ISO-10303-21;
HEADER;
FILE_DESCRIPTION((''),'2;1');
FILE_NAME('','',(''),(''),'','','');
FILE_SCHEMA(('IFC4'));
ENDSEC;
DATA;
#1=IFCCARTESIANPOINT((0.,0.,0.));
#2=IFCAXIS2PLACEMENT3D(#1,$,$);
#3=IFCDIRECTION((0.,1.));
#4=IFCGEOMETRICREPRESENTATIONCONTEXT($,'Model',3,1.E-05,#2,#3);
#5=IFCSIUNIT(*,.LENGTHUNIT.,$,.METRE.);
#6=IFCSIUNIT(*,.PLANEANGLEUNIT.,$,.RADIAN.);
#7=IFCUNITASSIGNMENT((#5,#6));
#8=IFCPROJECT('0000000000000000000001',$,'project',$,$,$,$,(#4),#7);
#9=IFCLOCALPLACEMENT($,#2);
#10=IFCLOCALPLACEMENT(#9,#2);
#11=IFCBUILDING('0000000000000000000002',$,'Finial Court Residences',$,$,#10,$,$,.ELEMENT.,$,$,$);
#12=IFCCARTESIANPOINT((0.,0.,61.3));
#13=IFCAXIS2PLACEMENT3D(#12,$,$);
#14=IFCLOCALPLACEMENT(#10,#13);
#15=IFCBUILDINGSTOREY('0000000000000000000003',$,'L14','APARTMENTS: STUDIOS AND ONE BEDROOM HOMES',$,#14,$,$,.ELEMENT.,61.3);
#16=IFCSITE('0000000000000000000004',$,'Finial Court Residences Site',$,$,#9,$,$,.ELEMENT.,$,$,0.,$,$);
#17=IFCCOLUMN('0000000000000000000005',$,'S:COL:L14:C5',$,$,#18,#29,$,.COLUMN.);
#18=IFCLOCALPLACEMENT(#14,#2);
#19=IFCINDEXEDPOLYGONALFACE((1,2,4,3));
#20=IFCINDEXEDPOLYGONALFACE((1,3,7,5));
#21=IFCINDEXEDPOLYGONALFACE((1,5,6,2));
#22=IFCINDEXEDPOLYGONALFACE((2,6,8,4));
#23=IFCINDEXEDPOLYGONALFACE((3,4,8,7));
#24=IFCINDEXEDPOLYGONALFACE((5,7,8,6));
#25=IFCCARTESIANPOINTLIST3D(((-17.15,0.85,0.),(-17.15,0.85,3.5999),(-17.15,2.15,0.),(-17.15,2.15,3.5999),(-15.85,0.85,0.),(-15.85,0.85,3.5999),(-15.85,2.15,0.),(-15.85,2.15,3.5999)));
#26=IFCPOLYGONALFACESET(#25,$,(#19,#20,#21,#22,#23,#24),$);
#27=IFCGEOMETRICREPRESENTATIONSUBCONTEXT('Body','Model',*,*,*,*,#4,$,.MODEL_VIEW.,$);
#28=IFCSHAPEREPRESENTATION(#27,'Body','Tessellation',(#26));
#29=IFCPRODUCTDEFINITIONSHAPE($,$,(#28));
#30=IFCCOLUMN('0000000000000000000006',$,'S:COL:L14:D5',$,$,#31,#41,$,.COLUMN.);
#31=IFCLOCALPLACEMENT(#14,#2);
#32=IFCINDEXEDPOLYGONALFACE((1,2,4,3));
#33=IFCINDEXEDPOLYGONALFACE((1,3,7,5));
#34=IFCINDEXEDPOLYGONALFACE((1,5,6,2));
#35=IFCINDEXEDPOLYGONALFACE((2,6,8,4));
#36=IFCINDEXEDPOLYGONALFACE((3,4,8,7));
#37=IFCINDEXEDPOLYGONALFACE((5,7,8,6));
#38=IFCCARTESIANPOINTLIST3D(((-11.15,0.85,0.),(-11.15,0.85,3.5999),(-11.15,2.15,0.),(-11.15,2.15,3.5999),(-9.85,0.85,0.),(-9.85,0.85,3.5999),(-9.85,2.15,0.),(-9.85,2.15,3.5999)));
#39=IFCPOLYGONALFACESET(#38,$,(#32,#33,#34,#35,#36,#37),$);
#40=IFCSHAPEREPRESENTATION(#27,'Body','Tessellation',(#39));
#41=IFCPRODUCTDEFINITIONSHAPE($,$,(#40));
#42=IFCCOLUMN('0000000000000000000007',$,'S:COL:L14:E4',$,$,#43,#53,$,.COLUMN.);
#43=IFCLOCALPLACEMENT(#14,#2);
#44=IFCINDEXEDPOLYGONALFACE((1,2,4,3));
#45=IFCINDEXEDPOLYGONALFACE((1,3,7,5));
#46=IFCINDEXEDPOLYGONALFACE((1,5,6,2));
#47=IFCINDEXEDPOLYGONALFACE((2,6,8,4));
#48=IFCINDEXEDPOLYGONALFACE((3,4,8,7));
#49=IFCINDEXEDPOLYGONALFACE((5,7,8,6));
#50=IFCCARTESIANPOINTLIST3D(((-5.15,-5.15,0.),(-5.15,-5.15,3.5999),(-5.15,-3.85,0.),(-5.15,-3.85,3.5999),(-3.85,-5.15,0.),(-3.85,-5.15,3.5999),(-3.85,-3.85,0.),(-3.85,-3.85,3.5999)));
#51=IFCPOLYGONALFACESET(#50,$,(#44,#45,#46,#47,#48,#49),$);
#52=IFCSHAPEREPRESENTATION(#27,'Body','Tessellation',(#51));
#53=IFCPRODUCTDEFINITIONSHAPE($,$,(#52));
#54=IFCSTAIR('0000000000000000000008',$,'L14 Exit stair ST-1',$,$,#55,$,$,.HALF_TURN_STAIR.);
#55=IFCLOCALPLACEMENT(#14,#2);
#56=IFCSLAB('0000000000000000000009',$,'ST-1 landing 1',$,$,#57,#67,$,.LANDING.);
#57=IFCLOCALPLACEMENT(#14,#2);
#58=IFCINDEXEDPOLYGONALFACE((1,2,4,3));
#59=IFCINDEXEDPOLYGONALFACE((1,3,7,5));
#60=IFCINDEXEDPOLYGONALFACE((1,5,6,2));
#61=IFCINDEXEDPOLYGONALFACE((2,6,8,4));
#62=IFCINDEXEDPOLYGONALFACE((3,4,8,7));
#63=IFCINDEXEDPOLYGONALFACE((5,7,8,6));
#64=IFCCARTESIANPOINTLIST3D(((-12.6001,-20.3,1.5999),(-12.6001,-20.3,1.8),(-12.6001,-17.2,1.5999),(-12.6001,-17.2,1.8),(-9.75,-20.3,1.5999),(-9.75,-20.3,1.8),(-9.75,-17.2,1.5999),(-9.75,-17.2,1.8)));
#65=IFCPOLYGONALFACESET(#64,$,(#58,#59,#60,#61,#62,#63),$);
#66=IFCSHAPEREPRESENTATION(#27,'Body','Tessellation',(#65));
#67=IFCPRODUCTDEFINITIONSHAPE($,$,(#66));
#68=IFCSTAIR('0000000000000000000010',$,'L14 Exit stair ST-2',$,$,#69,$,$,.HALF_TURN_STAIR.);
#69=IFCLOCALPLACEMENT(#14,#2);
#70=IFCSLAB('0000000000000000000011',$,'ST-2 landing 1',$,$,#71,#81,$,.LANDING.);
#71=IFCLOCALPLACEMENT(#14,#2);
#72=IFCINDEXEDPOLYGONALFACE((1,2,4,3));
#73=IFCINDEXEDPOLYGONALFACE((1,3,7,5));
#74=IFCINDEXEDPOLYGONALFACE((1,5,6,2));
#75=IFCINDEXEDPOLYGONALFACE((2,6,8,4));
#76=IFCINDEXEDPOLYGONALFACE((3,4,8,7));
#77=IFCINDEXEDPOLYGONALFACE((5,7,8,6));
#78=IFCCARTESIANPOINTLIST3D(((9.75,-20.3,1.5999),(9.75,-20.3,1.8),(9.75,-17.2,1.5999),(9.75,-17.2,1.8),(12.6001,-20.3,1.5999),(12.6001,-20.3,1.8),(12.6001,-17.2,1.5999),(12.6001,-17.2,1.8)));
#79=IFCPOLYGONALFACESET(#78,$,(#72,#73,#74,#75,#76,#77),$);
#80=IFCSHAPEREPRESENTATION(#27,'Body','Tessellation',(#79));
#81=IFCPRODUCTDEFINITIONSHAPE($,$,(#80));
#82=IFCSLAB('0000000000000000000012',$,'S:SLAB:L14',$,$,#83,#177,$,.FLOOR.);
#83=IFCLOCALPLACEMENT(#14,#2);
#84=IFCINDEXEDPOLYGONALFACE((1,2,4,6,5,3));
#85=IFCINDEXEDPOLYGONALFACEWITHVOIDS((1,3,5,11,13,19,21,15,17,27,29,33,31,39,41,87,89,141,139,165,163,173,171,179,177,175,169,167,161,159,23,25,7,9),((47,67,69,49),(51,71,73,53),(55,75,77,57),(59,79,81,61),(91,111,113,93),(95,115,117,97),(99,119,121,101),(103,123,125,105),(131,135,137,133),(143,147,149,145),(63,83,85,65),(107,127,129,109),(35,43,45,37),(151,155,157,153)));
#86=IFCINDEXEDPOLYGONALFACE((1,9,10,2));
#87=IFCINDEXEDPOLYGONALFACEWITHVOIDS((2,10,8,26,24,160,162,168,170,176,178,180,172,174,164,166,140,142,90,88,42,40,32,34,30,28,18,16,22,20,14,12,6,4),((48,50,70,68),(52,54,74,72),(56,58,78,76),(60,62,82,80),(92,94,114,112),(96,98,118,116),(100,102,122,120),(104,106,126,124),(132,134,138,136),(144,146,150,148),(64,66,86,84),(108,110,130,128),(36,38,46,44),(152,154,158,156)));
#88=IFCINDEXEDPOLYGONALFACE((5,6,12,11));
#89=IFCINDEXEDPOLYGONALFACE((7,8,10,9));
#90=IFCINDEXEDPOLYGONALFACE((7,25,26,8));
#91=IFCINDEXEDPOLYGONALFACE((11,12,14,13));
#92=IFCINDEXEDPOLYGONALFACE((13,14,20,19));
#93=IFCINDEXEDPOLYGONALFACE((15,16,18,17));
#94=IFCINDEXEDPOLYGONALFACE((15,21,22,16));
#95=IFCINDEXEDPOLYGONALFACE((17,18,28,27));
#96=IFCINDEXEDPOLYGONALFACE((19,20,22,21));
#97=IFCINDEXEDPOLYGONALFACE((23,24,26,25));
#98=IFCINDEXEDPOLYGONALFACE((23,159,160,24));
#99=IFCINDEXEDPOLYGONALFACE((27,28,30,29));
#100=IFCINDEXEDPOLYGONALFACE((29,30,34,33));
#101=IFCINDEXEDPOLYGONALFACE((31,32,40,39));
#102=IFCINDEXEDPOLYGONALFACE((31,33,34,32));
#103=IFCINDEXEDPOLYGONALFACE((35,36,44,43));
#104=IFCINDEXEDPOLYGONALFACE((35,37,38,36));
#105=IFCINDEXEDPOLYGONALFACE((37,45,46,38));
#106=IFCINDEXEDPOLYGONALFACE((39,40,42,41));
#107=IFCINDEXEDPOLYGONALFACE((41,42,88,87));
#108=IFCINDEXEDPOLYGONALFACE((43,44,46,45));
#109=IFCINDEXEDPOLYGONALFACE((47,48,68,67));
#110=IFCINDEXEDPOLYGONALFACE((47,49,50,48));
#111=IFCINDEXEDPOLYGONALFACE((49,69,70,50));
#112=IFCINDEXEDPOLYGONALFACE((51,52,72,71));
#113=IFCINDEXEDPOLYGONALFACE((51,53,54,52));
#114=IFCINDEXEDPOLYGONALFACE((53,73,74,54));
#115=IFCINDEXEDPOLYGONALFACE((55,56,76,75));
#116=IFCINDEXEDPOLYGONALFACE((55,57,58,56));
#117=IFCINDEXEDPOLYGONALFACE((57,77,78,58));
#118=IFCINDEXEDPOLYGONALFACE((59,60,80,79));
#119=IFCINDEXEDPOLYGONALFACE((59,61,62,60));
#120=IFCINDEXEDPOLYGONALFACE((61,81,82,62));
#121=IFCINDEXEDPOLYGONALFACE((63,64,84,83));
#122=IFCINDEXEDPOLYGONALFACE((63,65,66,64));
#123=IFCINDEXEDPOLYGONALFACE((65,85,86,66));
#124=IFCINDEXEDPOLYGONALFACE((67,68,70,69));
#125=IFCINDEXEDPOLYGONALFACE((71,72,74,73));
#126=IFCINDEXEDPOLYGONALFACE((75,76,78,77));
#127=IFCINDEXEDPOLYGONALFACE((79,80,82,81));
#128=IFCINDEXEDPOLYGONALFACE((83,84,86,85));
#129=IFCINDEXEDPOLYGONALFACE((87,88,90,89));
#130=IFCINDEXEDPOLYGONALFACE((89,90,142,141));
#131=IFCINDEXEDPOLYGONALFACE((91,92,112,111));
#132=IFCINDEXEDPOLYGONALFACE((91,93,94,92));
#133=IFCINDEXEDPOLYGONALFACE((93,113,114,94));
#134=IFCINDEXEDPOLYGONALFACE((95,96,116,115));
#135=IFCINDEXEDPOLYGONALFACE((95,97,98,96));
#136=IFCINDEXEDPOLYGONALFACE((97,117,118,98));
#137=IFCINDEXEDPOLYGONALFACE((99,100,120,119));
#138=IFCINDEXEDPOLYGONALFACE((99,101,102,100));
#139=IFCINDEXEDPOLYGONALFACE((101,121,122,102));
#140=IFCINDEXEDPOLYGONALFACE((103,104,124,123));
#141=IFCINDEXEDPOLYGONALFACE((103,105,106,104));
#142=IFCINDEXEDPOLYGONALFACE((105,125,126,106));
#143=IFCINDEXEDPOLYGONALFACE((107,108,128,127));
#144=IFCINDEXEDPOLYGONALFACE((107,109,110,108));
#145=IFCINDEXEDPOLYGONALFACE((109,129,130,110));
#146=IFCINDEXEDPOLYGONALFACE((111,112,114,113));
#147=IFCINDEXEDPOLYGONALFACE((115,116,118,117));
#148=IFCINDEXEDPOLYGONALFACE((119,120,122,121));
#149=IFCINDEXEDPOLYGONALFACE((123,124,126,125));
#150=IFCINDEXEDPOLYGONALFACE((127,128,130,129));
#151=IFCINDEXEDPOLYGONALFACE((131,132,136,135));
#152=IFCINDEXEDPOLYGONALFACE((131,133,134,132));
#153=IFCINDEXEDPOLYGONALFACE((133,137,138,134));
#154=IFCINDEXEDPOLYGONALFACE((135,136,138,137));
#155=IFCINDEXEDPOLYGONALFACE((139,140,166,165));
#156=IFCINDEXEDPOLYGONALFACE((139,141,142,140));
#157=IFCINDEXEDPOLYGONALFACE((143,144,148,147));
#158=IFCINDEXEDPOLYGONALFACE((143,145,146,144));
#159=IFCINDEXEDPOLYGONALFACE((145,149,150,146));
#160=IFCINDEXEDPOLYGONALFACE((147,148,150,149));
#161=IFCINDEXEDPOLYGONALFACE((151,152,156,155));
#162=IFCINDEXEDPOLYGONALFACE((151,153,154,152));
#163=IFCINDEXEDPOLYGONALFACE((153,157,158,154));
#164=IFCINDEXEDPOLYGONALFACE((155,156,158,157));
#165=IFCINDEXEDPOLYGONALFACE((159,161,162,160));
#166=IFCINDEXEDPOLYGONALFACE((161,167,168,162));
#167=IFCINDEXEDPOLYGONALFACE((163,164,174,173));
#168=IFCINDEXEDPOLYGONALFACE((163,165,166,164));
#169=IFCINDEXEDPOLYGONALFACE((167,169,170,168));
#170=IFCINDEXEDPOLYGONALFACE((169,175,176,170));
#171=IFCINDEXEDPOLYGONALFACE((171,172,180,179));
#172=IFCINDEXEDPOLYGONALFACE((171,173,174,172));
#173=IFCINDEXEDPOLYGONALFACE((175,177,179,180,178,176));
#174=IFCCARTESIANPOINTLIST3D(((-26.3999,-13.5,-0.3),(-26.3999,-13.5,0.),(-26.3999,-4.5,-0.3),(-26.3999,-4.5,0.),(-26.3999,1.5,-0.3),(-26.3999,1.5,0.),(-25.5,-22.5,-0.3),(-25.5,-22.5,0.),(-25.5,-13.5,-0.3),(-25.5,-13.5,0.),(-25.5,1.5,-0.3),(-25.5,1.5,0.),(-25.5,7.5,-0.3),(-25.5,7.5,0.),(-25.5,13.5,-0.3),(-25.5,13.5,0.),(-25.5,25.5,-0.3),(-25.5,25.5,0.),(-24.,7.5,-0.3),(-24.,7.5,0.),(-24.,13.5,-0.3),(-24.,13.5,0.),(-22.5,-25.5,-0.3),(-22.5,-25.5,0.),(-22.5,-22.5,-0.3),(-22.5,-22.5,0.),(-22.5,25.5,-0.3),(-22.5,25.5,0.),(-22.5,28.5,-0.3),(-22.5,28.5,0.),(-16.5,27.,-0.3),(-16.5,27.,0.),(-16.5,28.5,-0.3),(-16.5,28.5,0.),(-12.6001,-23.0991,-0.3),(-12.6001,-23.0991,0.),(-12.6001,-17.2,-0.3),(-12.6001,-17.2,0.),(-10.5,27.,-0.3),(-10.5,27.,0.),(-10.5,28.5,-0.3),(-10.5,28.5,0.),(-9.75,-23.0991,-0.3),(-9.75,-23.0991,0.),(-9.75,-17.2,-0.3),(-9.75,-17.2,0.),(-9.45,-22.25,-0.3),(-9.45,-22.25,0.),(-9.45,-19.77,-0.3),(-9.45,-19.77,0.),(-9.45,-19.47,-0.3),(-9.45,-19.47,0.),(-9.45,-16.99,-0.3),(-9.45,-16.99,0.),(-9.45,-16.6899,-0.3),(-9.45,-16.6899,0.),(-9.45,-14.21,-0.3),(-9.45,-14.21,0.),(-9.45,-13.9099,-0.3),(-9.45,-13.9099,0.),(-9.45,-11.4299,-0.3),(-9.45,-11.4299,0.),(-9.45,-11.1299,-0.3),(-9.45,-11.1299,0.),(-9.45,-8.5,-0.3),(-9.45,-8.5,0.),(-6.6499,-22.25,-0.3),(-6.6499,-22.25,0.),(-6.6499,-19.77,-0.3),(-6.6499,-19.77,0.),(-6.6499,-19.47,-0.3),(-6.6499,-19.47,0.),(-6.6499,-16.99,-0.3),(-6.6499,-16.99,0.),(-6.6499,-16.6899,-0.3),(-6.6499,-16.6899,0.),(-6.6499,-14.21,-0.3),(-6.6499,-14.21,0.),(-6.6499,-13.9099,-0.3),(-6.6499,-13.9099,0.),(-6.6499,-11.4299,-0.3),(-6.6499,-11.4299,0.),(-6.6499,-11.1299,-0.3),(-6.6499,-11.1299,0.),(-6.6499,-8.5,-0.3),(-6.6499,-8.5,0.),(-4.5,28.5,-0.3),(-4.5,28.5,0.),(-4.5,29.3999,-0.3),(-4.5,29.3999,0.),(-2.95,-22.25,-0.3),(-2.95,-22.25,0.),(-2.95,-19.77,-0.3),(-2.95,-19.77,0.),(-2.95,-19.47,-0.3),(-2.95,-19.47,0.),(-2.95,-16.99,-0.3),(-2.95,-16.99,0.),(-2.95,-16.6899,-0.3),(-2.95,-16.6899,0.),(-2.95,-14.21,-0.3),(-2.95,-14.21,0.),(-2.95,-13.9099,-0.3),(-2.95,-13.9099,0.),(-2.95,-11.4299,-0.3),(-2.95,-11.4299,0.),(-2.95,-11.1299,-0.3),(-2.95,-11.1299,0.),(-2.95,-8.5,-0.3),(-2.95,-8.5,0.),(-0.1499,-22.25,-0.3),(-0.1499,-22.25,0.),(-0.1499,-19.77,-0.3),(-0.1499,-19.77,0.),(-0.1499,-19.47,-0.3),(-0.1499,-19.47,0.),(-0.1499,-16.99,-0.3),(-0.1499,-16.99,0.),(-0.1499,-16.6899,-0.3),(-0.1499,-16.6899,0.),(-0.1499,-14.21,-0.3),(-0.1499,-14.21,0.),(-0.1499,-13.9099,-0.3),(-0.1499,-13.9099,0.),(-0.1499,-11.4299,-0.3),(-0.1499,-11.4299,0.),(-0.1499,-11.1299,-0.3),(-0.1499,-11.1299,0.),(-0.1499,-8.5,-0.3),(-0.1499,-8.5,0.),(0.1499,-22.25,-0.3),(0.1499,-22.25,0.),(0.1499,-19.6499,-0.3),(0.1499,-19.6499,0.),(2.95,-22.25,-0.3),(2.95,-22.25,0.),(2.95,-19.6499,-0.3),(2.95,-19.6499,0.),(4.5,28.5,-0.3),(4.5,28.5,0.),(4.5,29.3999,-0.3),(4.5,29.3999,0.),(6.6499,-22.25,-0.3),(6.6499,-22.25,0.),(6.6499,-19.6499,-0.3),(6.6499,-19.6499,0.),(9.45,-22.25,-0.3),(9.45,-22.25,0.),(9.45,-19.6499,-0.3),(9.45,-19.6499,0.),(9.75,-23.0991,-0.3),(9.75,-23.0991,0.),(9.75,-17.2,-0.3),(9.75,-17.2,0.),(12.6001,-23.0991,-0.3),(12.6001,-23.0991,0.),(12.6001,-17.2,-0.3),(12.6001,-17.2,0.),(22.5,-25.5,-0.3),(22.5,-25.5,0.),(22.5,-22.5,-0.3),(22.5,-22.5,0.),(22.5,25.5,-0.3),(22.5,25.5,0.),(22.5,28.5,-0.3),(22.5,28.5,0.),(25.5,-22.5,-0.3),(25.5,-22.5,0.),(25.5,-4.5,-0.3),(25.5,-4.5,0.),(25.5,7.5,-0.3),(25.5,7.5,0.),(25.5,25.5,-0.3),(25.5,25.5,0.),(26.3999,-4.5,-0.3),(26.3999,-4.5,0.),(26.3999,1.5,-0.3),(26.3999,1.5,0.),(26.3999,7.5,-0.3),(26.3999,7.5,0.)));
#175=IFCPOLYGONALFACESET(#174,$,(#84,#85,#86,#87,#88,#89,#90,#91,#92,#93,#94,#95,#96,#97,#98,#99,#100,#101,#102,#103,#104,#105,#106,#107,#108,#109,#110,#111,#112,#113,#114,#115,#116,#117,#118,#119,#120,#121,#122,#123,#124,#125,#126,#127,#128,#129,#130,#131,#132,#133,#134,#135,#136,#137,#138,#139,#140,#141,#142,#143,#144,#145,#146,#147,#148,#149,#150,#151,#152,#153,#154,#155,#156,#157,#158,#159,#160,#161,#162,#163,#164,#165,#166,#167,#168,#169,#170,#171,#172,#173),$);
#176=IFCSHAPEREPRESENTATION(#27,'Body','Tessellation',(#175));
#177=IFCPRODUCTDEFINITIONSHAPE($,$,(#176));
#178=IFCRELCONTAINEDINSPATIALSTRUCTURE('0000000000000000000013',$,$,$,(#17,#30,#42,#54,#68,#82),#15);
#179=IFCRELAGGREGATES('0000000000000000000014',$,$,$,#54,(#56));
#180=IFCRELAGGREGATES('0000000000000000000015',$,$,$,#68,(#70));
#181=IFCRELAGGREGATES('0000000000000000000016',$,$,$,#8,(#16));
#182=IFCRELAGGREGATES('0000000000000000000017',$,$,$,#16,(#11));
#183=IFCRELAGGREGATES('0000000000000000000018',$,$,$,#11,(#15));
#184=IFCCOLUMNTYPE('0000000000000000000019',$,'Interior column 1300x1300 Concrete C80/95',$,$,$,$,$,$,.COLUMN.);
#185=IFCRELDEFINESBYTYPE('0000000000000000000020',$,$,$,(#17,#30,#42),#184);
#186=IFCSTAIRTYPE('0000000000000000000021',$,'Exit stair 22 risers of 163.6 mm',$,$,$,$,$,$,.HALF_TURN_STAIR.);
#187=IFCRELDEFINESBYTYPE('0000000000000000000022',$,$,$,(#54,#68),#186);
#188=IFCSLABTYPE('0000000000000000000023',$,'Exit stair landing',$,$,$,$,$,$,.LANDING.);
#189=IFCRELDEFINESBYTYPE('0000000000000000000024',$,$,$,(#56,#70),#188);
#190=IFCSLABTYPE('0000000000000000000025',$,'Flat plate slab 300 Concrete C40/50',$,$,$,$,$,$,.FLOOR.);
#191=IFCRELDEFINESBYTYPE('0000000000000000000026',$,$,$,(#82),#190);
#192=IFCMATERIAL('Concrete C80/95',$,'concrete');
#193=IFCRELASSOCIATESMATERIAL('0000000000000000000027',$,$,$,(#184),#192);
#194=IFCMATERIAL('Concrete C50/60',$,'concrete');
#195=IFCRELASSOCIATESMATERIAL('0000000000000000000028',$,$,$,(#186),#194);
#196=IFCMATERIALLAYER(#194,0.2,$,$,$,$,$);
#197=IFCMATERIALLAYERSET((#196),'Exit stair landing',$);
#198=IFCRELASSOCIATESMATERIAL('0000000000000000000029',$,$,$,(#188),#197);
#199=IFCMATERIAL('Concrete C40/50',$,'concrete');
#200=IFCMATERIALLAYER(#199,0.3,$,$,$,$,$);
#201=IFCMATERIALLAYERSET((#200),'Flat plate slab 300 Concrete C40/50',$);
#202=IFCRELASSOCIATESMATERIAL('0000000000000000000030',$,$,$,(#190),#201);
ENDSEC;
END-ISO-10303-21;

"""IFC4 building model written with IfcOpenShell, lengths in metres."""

from ifc_helpers import new_model, si_unit, direction, frame, origin, origin_2d, place, context, subcontext, project, spatial, polyline, rectangle, outline, extrude, material, layer, layer_set, material_profile, profile_set, type_object, element, aggregate, save


model = new_model("IFC4")

# Units and contexts
model_context = context("Model", 3, precision=1e-05, world=origin(), true_north=direction((0.0, 1.0)))
body_context = subcontext(model_context, "Body", "Model", "MODEL_VIEW")
ifc_project = project(units=[si_unit("LENGTHUNIT", "METRE"), si_unit("PLANEANGLEUNIT", "RADIAN")], contexts=[model_context])

# Site, building, storey
site_placement = place(None, origin())
site = spatial("IfcSite", under=ifc_project, at=site_placement, Name="Finial Court Residences Site", CompositionType="ELEMENT", RefElevation=0.0)
building_placement = place(site_placement, origin())
building = spatial("IfcBuilding", under=site, at=building_placement, Name="Finial Court Residences", CompositionType="ELEMENT")
storey_placement = place(building_placement, frame((0.0, 0.0, 61.3)))
storey = spatial("IfcBuildingStorey", under=building, at=storey_placement, Name="L14", Description="APARTMENTS: STUDIOS AND ONE BEDROOM HOMES", CompositionType="ELEMENT", Elevation=61.3)

# Columns
ifc_material_1 = material(Name="Concrete C80/95", Category="concrete")
ifc_material_profile = material_profile(ifc_material_1, rectangle(XDim=1.3, YDim=1.3, at=origin_2d()), Name="1300x1300")
ifc_profile_set = profile_set([ifc_material_profile], Name="Concrete C80/95")
column_type = type_object("IfcColumnType", Name="Interior column 1300x1300 Concrete C80/95", PredefinedType="COLUMN", material=ifc_profile_set)
for number, where, z_axis, x_axis, name in (
    (1, (-16.5, 1.5, 0.0), (0.0, 0.0, 1.0), (1.0, 0.0, 0.0), "S:COL:L14:C5"),
    (2, (-10.5, 1.5, 0.0), (0.0, 0.0, 1.0), (1.0, 0.0, 0.0), "S:COL:L14:D5"),
    (3, (-4.5, -4.5, 0.0), (0.0, 0.0, 1.0), (1.0, 0.0, 0.0), "S:COL:L14:E4"),
):
    element("IfcColumn", number, at=place(storey_placement, frame(where, z_axis=z_axis, x_axis=x_axis)), inside=storey, type_object=column_type, Name=name, PredefinedType="COLUMN", context=body_context, shape_type="SweptSolid", body=[
        extrude(rectangle(XDim=1.3, YDim=1.3, at=origin_2d()), origin(), (0.0, 0.0, 1.0), 3.5999),
    ])

# Stairs, slabs
ifc_material_2 = material(Name="Concrete C50/60", Category="concrete")
stair_type = type_object("IfcStairType", Name="Exit stair 22 risers of 163.6 mm", PredefinedType="HALF_TURN_STAIR", material=ifc_material_2)
stair_1_placement = place(storey_placement, origin())
stair_1 = element("IfcStair", 4, at=stair_1_placement, inside=storey, type_object=stair_type, Name="L14 Exit stair ST-1", PredefinedType="HALF_TURN_STAIR")
ifc_layer_1 = layer(ifc_material_2, 0.2)
ifc_layer_set_1 = layer_set([ifc_layer_1], Name="Exit stair landing")
slab_type_1 = type_object("IfcSlabType", Name="Exit stair landing", PredefinedType="LANDING", material=ifc_layer_set_1)
slab_1_placement = place(storey_placement, frame((0.0, 0.0, 1.5999)))
slab_1 = element("IfcSlab", 5, at=slab_1_placement, type_object=slab_type_1, Name="ST-1 landing 1", PredefinedType="LANDING", context=body_context, shape_type="SweptSolid", body=[
    extrude(outline(polyline([(-9.75, -20.3), (-9.75, -17.2), (-12.6001, -17.2), (-12.6001, -20.3), (-9.75, -20.3)])), origin(), (0.0, 0.0, 1.0), 0.2002),
])
aggregate(stair_1, [slab_1])
stair_2_placement = place(storey_placement, origin())
stair_2 = element("IfcStair", 6, at=stair_2_placement, inside=storey, type_object=stair_type, Name="L14 Exit stair ST-2", PredefinedType="HALF_TURN_STAIR")
slab_2_placement = place(storey_placement, frame((0.0, 0.0, 1.5999)))
slab_2 = element("IfcSlab", 7, at=slab_2_placement, type_object=slab_type_1, Name="ST-2 landing 1", PredefinedType="LANDING", context=body_context, shape_type="SweptSolid", body=[
    extrude(outline(polyline([(12.6001, -20.3), (12.6001, -17.2), (9.75, -17.2), (9.75, -20.3), (12.6001, -20.3)])), origin(), (0.0, 0.0, 1.0), 0.2002),
])
aggregate(stair_2, [slab_2])

# Slab
ifc_material_3 = material(Name="Concrete C40/50", Category="concrete")
ifc_layer_2 = layer(ifc_material_3, 0.3)
ifc_layer_set_2 = layer_set([ifc_layer_2], Name="Flat plate slab 300 Concrete C40/50")
slab_type_2 = type_object("IfcSlabType", Name="Flat plate slab 300 Concrete C40/50", PredefinedType="FLOOR", material=ifc_layer_set_2)
slab_3_placement = place(storey_placement, frame((0.0, 0.0, -0.3)))
element("IfcSlab", 8, at=slab_3_placement, inside=storey, type_object=slab_type_2, Name="S:SLAB:L14", PredefinedType="FLOOR", context=body_context, shape_type="SweptSolid", body=[
    extrude(outline(polyline([(-26.3999, 1.5), (-25.5, 1.5), (-25.5, 7.5), (-24.0, 7.5), (-24.0, 13.5), (-25.5, 13.5), (-25.5, 25.5), (-22.5, 25.5), (-22.5, 28.5), (-16.5, 28.5), (-16.5, 27.0), (-10.5, 27.0), (-10.5, 28.5), (-4.5, 28.5), (-4.5, 29.3999), (4.5, 29.3999), (4.5, 28.5), (22.5, 28.5), (22.5, 25.5), (25.5, 25.5), (25.5, 7.5), (26.3999, 7.5), (26.3999, 1.5), (26.3999, -4.5), (25.5, -4.5), (25.5, -22.5), (22.5, -22.5), (22.5, -25.5), (-22.5, -25.5), (-22.5, -22.5), (-25.5, -22.5), (-25.5, -13.5), (-26.3999, -13.5), (-26.3999, -4.5), (-26.3999, 1.5)]), holes=[polyline([(-6.6499, -19.77), (-9.45, -19.77), (-9.45, -22.25), (-6.6499, -22.25), (-6.6499, -19.77)]), polyline([(-9.75, -17.2), (-12.6001, -17.2), (-12.6001, -23.0991), (-9.75, -23.0991), (-9.75, -17.2)]), polyline([(-6.6499, -19.47), (-6.6499, -16.99), (-9.45, -16.99), (-9.45, -19.47), (-6.6499, -19.47)]), polyline([(-6.6499, -16.6899), (-6.6499, -14.21), (-9.45, -14.21), (-9.45, -16.6899), (-6.6499, -16.6899)]), polyline([(-6.6499, -13.9099), (-6.6499, -11.4299), (-9.45, -11.4299), (-9.45, -13.9099), (-6.6499, -13.9099)]), polyline([(-6.6499, -11.1299), (-6.6499, -8.5), (-9.45, -8.5), (-9.45, -11.1299), (-6.6499, -11.1299)]), polyline([(-0.1499, -11.1299), (-0.1499, -8.5), (-2.95, -8.5), (-2.95, -11.1299), (-0.1499, -11.1299)]), polyline([(-0.1499, -19.77), (-2.95, -19.77), (-2.95, -22.25), (-0.1499, -22.25), (-0.1499, -19.77)]), polyline([(2.95, -22.25), (2.95, -19.6499), (0.1499, -19.6499), (0.1499, -22.25), (2.95, -22.25)]), polyline([(9.45, -22.25), (9.45, -19.6499), (6.6499, -19.6499), (6.6499, -22.25), (9.45, -22.25)]), polyline([(12.6001, -17.2), (9.75, -17.2), (9.75, -23.0991), (12.6001, -23.0991), (12.6001, -17.2)]), polyline([(-0.1499, -19.47), (-0.1499, -16.99), (-2.95, -16.99), (-2.95, -19.47), (-0.1499, -19.47)]), polyline([(-0.1499, -16.6899), (-0.1499, -14.21), (-2.95, -14.21), (-2.95, -16.6899), (-0.1499, -16.6899)]), polyline([(-0.1499, -13.9099), (-0.1499, -11.4299), (-2.95, -11.4299), (-2.95, -13.9099), (-0.1499, -13.9099)])]), origin(), (0.0, 0.0, 1.0), 0.3),
])

save(model, "model.ifc")
